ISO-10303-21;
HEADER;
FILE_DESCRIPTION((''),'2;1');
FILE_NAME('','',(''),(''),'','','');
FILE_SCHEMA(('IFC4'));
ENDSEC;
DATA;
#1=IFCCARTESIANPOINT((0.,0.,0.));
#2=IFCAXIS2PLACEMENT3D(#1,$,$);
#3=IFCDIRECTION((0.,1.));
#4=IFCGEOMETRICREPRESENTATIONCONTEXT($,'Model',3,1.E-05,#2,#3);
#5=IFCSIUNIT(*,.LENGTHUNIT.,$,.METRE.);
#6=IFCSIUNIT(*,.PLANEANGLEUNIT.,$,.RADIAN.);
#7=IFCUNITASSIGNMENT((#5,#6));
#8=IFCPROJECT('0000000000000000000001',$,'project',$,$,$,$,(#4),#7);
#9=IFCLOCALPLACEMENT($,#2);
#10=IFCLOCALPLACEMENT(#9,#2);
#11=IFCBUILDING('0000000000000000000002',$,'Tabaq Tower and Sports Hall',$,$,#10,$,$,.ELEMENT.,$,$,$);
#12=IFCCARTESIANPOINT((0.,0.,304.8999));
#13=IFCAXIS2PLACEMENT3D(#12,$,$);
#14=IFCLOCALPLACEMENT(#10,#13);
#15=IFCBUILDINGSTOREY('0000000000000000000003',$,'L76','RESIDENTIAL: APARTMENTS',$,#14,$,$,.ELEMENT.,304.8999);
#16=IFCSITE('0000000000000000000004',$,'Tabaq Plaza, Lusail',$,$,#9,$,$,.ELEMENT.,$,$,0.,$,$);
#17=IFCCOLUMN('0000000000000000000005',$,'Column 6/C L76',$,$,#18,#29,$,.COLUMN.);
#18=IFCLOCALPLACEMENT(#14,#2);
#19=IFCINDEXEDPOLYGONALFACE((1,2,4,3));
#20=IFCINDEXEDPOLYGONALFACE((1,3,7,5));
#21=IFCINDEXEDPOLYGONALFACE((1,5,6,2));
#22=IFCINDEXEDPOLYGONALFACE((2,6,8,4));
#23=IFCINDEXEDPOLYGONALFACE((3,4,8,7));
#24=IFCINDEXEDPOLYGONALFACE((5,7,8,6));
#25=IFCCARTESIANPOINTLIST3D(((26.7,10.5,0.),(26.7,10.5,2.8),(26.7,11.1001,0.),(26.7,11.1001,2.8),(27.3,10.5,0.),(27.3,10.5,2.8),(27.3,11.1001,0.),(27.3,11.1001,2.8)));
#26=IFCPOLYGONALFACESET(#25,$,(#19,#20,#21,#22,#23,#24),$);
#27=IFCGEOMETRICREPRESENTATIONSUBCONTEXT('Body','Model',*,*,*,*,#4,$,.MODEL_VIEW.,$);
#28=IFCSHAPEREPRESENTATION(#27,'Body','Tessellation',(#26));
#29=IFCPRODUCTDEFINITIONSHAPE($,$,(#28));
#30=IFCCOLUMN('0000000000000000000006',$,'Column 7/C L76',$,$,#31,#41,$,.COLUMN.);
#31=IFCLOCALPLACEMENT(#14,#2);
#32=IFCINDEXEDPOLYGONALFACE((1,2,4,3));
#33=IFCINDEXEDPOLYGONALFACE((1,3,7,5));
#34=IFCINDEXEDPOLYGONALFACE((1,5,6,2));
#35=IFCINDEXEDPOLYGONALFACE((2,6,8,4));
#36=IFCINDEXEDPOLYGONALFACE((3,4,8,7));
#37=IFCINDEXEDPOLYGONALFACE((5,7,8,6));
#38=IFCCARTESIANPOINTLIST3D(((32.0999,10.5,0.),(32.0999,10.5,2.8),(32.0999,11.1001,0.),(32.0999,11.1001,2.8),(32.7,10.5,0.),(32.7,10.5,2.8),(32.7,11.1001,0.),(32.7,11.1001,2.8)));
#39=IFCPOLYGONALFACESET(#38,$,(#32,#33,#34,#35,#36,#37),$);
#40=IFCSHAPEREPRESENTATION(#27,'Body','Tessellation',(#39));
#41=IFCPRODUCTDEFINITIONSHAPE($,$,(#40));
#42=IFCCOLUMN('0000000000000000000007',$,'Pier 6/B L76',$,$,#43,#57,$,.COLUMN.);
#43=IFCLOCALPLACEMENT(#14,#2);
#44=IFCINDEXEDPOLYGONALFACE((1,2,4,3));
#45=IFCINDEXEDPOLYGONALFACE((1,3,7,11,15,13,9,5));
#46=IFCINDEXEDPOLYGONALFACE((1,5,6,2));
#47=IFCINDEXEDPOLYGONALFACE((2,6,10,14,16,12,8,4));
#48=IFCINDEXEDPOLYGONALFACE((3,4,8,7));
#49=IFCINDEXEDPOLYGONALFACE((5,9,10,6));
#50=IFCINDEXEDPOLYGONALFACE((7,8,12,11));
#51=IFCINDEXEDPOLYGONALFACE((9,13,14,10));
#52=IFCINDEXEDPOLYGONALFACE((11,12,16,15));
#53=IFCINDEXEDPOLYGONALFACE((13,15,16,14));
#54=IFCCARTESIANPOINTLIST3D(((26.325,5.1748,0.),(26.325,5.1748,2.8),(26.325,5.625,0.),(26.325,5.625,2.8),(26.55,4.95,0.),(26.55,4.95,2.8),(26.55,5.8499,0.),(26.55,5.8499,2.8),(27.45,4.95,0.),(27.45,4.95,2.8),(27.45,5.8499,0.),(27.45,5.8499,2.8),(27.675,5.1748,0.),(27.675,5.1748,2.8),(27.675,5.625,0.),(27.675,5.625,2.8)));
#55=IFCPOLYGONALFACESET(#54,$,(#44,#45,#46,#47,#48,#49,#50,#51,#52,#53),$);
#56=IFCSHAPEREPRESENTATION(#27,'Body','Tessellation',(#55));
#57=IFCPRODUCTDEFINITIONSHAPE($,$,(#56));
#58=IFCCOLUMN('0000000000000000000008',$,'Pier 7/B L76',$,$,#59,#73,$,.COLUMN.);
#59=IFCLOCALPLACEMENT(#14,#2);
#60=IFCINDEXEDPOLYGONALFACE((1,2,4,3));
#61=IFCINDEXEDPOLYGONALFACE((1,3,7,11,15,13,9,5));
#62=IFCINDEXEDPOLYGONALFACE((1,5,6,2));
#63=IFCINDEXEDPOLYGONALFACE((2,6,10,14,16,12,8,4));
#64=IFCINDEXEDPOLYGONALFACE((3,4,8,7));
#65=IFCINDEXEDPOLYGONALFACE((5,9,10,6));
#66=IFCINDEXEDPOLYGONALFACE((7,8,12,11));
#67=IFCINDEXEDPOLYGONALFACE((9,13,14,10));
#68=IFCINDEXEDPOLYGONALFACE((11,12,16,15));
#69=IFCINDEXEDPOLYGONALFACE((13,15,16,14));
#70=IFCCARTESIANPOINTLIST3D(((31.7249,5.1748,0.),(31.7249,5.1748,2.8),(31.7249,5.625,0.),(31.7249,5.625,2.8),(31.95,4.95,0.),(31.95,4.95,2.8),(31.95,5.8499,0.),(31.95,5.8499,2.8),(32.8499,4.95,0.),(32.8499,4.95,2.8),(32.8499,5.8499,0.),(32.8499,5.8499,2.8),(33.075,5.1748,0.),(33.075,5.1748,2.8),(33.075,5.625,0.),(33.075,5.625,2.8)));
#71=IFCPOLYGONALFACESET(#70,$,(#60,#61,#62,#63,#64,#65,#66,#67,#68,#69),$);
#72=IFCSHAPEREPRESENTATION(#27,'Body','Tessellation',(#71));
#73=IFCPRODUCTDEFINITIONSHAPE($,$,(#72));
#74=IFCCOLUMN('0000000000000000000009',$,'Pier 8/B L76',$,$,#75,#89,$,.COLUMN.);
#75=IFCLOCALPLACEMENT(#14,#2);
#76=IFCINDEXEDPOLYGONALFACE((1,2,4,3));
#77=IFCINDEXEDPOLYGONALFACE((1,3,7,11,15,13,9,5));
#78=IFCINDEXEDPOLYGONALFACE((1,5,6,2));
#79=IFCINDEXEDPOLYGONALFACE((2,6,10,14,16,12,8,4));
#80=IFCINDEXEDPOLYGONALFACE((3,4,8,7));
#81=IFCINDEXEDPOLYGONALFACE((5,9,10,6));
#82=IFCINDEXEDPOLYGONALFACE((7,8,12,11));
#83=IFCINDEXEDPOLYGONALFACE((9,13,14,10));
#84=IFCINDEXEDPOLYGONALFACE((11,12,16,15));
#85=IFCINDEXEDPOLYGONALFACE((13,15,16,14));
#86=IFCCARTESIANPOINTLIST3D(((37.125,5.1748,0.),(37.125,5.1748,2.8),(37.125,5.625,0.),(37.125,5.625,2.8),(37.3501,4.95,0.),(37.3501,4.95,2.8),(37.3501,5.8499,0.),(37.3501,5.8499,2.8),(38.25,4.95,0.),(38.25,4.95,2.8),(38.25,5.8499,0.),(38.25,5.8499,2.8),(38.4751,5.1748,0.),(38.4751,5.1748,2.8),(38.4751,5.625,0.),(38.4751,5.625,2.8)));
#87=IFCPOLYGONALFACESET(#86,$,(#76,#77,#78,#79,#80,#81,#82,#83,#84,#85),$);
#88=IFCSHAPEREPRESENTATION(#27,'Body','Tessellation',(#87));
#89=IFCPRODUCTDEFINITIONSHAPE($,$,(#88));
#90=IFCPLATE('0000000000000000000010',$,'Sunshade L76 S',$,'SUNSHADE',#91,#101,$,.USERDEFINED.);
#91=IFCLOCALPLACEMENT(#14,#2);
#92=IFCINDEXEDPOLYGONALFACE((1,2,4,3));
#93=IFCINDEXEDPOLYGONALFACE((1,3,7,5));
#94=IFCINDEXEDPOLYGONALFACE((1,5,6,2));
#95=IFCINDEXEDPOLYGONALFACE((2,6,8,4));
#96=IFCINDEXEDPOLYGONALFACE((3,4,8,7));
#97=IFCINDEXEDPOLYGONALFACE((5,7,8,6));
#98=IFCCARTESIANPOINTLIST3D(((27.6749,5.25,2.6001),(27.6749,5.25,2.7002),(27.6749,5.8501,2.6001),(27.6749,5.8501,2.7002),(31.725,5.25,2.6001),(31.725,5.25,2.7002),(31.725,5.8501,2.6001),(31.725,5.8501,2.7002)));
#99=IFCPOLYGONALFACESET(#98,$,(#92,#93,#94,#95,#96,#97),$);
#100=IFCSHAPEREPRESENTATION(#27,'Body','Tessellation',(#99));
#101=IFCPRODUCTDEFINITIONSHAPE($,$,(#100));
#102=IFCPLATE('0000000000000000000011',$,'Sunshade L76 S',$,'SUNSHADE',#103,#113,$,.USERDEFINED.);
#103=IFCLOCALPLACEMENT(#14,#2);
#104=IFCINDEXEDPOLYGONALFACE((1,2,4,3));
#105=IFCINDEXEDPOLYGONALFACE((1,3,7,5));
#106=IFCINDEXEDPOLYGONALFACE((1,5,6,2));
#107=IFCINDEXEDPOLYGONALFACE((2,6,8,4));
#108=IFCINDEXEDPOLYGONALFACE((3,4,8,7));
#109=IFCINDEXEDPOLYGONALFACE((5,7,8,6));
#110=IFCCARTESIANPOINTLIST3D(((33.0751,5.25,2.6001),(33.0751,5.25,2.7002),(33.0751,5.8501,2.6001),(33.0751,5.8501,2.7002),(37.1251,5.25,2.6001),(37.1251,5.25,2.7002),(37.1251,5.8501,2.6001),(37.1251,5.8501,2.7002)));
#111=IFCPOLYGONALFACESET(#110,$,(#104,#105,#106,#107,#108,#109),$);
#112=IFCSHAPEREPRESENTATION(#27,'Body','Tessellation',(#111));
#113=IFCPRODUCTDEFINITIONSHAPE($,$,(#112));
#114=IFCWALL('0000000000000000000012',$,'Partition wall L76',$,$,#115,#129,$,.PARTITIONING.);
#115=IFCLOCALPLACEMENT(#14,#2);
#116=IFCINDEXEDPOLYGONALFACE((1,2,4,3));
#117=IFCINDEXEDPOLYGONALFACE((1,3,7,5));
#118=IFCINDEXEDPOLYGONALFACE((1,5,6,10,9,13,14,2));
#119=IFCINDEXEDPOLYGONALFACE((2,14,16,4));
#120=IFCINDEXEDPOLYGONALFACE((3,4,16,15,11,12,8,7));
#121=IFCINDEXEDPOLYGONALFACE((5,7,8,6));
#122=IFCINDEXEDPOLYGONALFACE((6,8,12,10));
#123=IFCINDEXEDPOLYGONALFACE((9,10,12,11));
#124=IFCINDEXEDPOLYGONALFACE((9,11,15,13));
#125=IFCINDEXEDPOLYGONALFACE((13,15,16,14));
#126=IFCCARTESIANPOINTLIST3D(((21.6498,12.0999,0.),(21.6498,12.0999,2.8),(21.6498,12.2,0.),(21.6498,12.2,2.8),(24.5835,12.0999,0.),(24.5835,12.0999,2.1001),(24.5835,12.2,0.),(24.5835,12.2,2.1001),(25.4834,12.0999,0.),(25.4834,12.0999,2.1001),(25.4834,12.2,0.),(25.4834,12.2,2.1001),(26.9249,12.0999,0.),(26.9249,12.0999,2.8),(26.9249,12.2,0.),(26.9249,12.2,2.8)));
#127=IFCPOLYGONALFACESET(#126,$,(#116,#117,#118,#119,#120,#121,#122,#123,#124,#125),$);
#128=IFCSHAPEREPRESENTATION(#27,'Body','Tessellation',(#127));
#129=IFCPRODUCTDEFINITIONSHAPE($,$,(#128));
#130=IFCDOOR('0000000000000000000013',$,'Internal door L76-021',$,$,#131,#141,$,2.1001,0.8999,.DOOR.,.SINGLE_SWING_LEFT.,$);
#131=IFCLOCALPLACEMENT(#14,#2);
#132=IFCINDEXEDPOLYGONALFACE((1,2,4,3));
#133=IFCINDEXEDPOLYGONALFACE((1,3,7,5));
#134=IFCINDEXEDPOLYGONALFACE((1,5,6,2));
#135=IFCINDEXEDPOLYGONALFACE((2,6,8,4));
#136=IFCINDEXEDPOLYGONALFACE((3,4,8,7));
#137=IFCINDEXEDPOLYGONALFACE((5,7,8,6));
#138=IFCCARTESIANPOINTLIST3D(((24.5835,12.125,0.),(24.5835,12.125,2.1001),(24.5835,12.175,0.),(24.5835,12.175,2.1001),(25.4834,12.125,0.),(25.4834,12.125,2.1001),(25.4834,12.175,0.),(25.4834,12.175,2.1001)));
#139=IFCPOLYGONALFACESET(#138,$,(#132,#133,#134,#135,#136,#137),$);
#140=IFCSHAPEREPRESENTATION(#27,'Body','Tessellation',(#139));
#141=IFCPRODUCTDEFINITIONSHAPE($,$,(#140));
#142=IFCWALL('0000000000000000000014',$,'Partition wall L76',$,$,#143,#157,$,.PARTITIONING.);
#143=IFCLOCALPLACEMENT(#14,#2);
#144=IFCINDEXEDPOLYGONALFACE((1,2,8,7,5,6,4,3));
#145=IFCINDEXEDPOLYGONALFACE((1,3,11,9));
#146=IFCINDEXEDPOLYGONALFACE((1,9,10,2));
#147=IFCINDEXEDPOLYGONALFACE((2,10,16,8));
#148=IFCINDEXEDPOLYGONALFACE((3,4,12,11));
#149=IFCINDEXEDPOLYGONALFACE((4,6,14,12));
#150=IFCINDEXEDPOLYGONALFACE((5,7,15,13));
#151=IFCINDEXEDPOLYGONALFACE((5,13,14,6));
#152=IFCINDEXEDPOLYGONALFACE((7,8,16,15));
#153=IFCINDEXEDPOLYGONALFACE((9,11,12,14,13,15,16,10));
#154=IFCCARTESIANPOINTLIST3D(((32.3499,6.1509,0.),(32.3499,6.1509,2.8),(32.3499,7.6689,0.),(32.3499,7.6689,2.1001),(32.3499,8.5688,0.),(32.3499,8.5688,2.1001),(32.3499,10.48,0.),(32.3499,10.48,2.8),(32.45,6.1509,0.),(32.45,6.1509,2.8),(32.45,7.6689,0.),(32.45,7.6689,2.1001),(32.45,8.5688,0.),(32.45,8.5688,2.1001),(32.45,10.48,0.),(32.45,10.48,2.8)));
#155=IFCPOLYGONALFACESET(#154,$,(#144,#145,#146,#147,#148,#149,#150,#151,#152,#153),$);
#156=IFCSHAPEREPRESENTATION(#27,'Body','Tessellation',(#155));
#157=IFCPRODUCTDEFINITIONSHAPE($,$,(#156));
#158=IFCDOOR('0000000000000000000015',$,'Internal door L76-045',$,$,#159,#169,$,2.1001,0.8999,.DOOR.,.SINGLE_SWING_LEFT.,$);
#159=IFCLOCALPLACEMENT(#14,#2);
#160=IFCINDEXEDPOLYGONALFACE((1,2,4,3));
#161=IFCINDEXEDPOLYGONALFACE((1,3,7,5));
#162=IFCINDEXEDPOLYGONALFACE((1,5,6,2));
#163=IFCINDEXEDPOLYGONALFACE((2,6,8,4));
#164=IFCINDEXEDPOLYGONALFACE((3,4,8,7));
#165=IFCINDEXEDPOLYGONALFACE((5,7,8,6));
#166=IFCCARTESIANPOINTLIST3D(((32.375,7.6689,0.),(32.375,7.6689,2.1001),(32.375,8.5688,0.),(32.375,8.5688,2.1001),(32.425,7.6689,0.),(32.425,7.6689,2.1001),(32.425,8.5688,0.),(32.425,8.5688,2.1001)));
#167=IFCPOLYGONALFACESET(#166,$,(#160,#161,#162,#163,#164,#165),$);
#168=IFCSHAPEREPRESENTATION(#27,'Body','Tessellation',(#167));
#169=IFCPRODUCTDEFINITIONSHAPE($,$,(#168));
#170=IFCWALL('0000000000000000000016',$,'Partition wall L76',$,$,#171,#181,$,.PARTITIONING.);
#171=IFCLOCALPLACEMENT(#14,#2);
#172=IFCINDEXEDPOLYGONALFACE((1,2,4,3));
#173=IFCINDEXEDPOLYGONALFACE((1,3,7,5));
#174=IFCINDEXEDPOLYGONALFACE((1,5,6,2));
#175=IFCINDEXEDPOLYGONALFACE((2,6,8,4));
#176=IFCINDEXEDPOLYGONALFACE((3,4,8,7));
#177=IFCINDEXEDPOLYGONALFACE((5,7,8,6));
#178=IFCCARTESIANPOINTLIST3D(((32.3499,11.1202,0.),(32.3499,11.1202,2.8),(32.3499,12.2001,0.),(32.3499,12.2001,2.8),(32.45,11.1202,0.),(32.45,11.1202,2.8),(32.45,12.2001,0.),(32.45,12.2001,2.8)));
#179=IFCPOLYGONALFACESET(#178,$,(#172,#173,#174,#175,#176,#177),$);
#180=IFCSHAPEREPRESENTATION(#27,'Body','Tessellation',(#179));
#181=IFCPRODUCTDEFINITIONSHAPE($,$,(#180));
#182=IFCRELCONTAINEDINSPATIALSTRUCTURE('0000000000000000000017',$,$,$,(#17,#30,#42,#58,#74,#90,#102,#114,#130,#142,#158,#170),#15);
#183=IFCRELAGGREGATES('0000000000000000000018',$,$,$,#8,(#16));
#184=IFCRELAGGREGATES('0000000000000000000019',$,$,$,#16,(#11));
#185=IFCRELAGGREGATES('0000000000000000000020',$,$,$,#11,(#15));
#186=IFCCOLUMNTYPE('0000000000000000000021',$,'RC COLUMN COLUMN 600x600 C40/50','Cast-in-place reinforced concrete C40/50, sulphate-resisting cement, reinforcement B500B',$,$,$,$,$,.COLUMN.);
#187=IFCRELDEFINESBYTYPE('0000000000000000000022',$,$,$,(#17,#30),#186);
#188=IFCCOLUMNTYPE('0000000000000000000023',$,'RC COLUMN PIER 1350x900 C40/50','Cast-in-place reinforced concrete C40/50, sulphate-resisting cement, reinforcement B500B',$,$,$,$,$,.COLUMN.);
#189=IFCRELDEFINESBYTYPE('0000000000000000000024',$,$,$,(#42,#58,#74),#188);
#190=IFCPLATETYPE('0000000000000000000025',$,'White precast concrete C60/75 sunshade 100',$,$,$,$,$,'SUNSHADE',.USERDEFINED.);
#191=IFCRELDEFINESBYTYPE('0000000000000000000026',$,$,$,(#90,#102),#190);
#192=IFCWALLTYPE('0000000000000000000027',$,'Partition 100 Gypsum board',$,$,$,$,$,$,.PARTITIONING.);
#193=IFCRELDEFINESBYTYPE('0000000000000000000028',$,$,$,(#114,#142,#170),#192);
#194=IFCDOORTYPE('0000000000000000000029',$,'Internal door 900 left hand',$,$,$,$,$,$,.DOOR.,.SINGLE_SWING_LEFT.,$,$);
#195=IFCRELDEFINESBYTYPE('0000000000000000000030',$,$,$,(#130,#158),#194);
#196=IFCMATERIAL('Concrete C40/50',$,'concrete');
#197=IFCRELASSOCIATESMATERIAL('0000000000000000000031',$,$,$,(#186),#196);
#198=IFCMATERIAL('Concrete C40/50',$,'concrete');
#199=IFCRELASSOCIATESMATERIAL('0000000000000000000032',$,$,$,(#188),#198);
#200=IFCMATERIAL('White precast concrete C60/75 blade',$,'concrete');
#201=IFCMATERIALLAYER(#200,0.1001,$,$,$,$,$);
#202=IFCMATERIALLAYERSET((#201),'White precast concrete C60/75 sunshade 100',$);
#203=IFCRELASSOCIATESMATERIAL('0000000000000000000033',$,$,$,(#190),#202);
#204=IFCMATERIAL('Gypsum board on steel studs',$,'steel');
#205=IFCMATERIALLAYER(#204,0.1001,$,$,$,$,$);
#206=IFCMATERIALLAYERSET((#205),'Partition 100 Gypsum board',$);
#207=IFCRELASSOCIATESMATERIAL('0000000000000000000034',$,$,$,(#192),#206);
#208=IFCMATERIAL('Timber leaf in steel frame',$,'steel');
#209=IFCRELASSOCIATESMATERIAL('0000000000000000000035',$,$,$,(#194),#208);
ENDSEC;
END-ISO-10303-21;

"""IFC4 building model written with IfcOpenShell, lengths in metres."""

from ifc_helpers import new_model, si_unit, direction, frame, frame_2d, origin, origin_2d, place, context, subcontext, project, spatial, polyline, rectangle, outline, extrude, material, layer, layer_set, material_profile, profile_set, type_object, element, fill, save


model = new_model("IFC4")

# Units and contexts
model_context = context("Model", 3, precision=1e-05, world=origin(), true_north=direction((0.0, 1.0)))
body_context = subcontext(model_context, "Body", "Model", "MODEL_VIEW")
ifc_project = project(units=[si_unit("LENGTHUNIT", "METRE"), si_unit("PLANEANGLEUNIT", "RADIAN")], contexts=[model_context])

# Site, building, storey
site_placement = place(None, origin())
site = spatial("IfcSite", under=ifc_project, at=site_placement, Name="Tabaq Plaza, Lusail", CompositionType="ELEMENT", RefElevation=0.0)
building_placement = place(site_placement, origin())
building = spatial("IfcBuilding", under=site, at=building_placement, Name="Tabaq Tower and Sports Hall", CompositionType="ELEMENT")
storey_placement = place(building_placement, frame((0.0, 0.0, 304.8999)))
storey = spatial("IfcBuildingStorey", under=building, at=storey_placement, Name="L76", Description="RESIDENTIAL: APARTMENTS", CompositionType="ELEMENT", Elevation=304.8999)

# Columns
ifc_material_1 = material(Name="Concrete C40/50", Category="concrete")
ifc_material_profile_1 = material_profile(ifc_material_1, rectangle(XDim=0.6001, YDim=0.6001, at=origin_2d()), Name="COLUMN 600x600")
ifc_profile_set_1 = profile_set([ifc_material_profile_1], Name="Concrete C40/50")
column_type_1 = type_object("IfcColumnType", Name="RC COLUMN COLUMN 600x600 C40/50", Description="Cast-in-place reinforced concrete C40/50, sulphate-resisting cement, reinforcement B500B", PredefinedType="COLUMN", material=ifc_profile_set_1)
for number, where, z_axis, x_axis, name in (
    (1, (27.0, 10.8, 0.0), (0.0, 0.0, 1.0), (1.0, 0.0, 0.0), "Column 6/C L76"),
    (2, (32.3999, 10.8, 0.0), (0.0, 0.0, 1.0), (1.0, 0.0, 0.0), "Column 7/C L76"),
):
    element("IfcColumn", number, at=place(storey_placement, frame(where, z_axis=z_axis, x_axis=x_axis)), inside=storey, type_object=column_type_1, Name=name, PredefinedType="COLUMN", context=body_context, shape_type="SweptSolid", body=[
        extrude(rectangle(XDim=0.6001, YDim=0.6001, at=origin_2d()), origin(), (0.0, 0.0, 1.0), 2.8),
    ])
ifc_material_2 = material(Name="Concrete C40/50", Category="concrete")
ifc_material_profile_2 = material_profile(ifc_material_2, outline(polyline([(-0.45, -0.45), (0.45, -0.45), (0.675, -0.2251), (0.675, 0.2251), (0.45, 0.45), (-0.45, 0.45), (-0.675, 0.2251), (-0.675, -0.2251), (-0.45, -0.45)])), Name="PIER 1350x900")
ifc_profile_set_2 = profile_set([ifc_material_profile_2], Name="Concrete C40/50")
column_type_2 = type_object("IfcColumnType", Name="RC COLUMN PIER 1350x900 C40/50", Description="Cast-in-place reinforced concrete C40/50, sulphate-resisting cement, reinforcement B500B", PredefinedType="COLUMN", material=ifc_profile_set_2)
for number, where, z_axis, x_axis, name in (
    (3, (27.0, 5.3999, 0.0), (0.0, 0.0, 1.0), (1.0, 0.0, 0.0), "Pier 6/B L76"),
    (4, (32.3999, 5.3999, 0.0), (0.0, 0.0, 1.0), (1.0, 0.0, 0.0), "Pier 7/B L76"),
    (5, (37.8, 5.3999, 0.0), (0.0, 0.0, 1.0), (1.0, 0.0, 0.0), "Pier 8/B L76"),
):
    element("IfcColumn", number, at=place(storey_placement, frame(where, z_axis=z_axis, x_axis=x_axis)), inside=storey, type_object=column_type_2, Name=name, PredefinedType="COLUMN", context=body_context, shape_type="SweptSolid", body=[
        extrude(outline(polyline([(-0.45, -0.45), (0.45, -0.45), (0.675, -0.2251), (0.675, 0.2251), (0.45, 0.45), (-0.45, 0.45), (-0.675, 0.2251), (-0.675, -0.2251), (-0.45, -0.45)])), origin(), (0.0, 0.0, 1.0), 2.8),
    ])

# Plates
ifc_material_3 = material(Name="White precast concrete C60/75 blade", Category="concrete")
ifc_layer_1 = layer(ifc_material_3, 0.1001)
ifc_layer_set_1 = layer_set([ifc_layer_1], Name="White precast concrete C60/75 sunshade 100")
plate_type = type_object("IfcPlateType", Name="White precast concrete C60/75 sunshade 100", ElementType="SUNSHADE", PredefinedType="USERDEFINED", material=ifc_layer_set_1)
for number, where, z_axis, x_axis, name in (
    (6, (29.7, 5.55, 2.6001), (0.0, 0.0, 1.0), (1.0, 0.0, 0.0), "Sunshade L76 S"),
    (7, (35.1001, 5.55, 2.6001), (0.0, 0.0, 1.0), (1.0, 0.0, 0.0), "Sunshade L76 S"),
):
    element("IfcPlate", number, at=place(storey_placement, frame(where, z_axis=z_axis, x_axis=x_axis)), inside=storey, type_object=plate_type, Name=name, ObjectType="SUNSHADE", PredefinedType="USERDEFINED", context=body_context, shape_type="SweptSolid", body=[
        extrude(rectangle(XDim=4.05, YDim=0.6001, at=origin_2d()), origin(), (0.0, 0.0, 1.0), 0.1001),
    ])

# Walls, openings, doors
ifc_material_4 = material(Name="Gypsum board on steel studs", Category="steel")
ifc_layer_2 = layer(ifc_material_4, 0.1001)
ifc_layer_set_2 = layer_set([ifc_layer_2], Name="Partition 100 Gypsum board")
wall_type_1 = type_object("IfcWallType", Name="Partition 100 Gypsum board", PredefinedType="PARTITIONING", material=ifc_layer_set_2)
wall_1_placement = place(storey_placement, frame((26.925, 12.1499, 0.0), z_axis=(0.0, 0.0, 1.0), x_axis=(-1.0, 0.0, 0.0)))
wall_1 = element("IfcWall", 8, at=wall_1_placement, inside=storey, type_object=wall_type_1, Name="Partition wall L76", PredefinedType="PARTITIONING", context=body_context, shape_type="SweptSolid", body=[
    extrude(rectangle(XDim=5.2751, YDim=0.1001, at=frame_2d((2.6377, 0.0))), origin(), (0.0, 0.0, 1.0), 2.8),
])
opening_1_placement = place(wall_1_placement, frame((1.4417, 0.0, 0.0)))
opening_1 = element("IfcOpeningElement", 9, at=opening_1_placement, cuts=wall_1, PredefinedType="OPENING", context=body_context, shape_type="SweptSolid", body=[
    extrude(rectangle(XDim=0.8999, YDim=2.1001, at=frame_2d((0.45, 1.05))), frame((0.0, 0.05, 0.0), z_axis=(0.0, -1.0, 0.0), x_axis=(1.0, 0.0, 0.0)), (0.0, 0.0, 1.0), 0.1001),
])
ifc_material_5 = material(Name="Timber leaf in steel frame", Category="steel")
door_type_1 = type_object("IfcDoorType", Name="Internal door 900 left hand", OperationType="SINGLE_SWING_LEFT", PredefinedType="DOOR", material=ifc_material_5)
door_1_placement = place(opening_1_placement, origin())
door_1 = element("IfcDoor", 10, at=door_1_placement, inside=storey, type_object=door_type_1, Name="Internal door L76-021", OperationType="SINGLE_SWING_LEFT", OverallHeight=2.1001, OverallWidth=0.8999, PredefinedType="DOOR", context=body_context, shape_type="SweptSolid", body=[
    extrude(rectangle(XDim=0.8999, YDim=2.1001, at=frame_2d((0.45, 1.05))), frame((0.0, 0.0249, 0.0), z_axis=(0.0, -1.0, 0.0), x_axis=(1.0, 0.0, 0.0)), (0.0, 0.0, 1.0), 0.05),
])
fill(opening_1, door_1)
wall_2_placement = place(storey_placement, frame((32.3999, 6.1509, 0.0), z_axis=(0.0, 0.0, 1.0), x_axis=(0.0, 1.0, 0.0)))
wall_2 = element("IfcWall", 11, at=wall_2_placement, inside=storey, type_object=wall_type_1, Name="Partition wall L76", PredefinedType="PARTITIONING", context=body_context, shape_type="SweptSolid", body=[
    extrude(rectangle(XDim=4.3291, YDim=0.1001, at=frame_2d((2.1646, 0.0))), origin(), (0.0, 0.0, 1.0), 2.8),
])
opening_2_placement = place(wall_2_placement, frame((1.5181, 0.0, 0.0)))
opening_2 = element("IfcOpeningElement", 12, at=opening_2_placement, cuts=wall_2, PredefinedType="OPENING", context=body_context, shape_type="SweptSolid", body=[
    extrude(rectangle(XDim=0.8999, YDim=2.1001, at=frame_2d((0.45, 1.05))), frame((0.0, 0.05, 0.0), z_axis=(0.0, -1.0, 0.0), x_axis=(1.0, 0.0, 0.0)), (0.0, 0.0, 1.0), 0.1001),
])
door_2_placement = place(opening_2_placement, origin())
door_2 = element("IfcDoor", 13, at=door_2_placement, inside=storey, type_object=door_type_1, Name="Internal door L76-045", OperationType="SINGLE_SWING_LEFT", OverallHeight=2.1001, OverallWidth=0.8999, PredefinedType="DOOR", context=body_context, shape_type="SweptSolid", body=[
    extrude(rectangle(XDim=0.8999, YDim=2.1001, at=frame_2d((0.45, 1.05))), frame((0.0, 0.0249, 0.0), z_axis=(0.0, -1.0, 0.0), x_axis=(1.0, 0.0, 0.0)), (0.0, 0.0, 1.0), 0.05),
])
fill(opening_2, door_2)

# Wall
wall_3_placement = place(storey_placement, frame((32.3999, 11.1201, 0.0), z_axis=(0.0, 0.0, 1.0), x_axis=(0.0, 1.0, 0.0)))
element("IfcWall", 14, at=wall_3_placement, inside=storey, type_object=wall_type_1, Name="Partition wall L76", PredefinedType="PARTITIONING", context=body_context, shape_type="SweptSolid", body=[
    extrude(rectangle(XDim=1.0798, YDim=0.1001, at=frame_2d((0.54, 0.0))), origin(), (0.0, 0.0, 1.0), 2.8),
])

save(model, "model.ifc")
